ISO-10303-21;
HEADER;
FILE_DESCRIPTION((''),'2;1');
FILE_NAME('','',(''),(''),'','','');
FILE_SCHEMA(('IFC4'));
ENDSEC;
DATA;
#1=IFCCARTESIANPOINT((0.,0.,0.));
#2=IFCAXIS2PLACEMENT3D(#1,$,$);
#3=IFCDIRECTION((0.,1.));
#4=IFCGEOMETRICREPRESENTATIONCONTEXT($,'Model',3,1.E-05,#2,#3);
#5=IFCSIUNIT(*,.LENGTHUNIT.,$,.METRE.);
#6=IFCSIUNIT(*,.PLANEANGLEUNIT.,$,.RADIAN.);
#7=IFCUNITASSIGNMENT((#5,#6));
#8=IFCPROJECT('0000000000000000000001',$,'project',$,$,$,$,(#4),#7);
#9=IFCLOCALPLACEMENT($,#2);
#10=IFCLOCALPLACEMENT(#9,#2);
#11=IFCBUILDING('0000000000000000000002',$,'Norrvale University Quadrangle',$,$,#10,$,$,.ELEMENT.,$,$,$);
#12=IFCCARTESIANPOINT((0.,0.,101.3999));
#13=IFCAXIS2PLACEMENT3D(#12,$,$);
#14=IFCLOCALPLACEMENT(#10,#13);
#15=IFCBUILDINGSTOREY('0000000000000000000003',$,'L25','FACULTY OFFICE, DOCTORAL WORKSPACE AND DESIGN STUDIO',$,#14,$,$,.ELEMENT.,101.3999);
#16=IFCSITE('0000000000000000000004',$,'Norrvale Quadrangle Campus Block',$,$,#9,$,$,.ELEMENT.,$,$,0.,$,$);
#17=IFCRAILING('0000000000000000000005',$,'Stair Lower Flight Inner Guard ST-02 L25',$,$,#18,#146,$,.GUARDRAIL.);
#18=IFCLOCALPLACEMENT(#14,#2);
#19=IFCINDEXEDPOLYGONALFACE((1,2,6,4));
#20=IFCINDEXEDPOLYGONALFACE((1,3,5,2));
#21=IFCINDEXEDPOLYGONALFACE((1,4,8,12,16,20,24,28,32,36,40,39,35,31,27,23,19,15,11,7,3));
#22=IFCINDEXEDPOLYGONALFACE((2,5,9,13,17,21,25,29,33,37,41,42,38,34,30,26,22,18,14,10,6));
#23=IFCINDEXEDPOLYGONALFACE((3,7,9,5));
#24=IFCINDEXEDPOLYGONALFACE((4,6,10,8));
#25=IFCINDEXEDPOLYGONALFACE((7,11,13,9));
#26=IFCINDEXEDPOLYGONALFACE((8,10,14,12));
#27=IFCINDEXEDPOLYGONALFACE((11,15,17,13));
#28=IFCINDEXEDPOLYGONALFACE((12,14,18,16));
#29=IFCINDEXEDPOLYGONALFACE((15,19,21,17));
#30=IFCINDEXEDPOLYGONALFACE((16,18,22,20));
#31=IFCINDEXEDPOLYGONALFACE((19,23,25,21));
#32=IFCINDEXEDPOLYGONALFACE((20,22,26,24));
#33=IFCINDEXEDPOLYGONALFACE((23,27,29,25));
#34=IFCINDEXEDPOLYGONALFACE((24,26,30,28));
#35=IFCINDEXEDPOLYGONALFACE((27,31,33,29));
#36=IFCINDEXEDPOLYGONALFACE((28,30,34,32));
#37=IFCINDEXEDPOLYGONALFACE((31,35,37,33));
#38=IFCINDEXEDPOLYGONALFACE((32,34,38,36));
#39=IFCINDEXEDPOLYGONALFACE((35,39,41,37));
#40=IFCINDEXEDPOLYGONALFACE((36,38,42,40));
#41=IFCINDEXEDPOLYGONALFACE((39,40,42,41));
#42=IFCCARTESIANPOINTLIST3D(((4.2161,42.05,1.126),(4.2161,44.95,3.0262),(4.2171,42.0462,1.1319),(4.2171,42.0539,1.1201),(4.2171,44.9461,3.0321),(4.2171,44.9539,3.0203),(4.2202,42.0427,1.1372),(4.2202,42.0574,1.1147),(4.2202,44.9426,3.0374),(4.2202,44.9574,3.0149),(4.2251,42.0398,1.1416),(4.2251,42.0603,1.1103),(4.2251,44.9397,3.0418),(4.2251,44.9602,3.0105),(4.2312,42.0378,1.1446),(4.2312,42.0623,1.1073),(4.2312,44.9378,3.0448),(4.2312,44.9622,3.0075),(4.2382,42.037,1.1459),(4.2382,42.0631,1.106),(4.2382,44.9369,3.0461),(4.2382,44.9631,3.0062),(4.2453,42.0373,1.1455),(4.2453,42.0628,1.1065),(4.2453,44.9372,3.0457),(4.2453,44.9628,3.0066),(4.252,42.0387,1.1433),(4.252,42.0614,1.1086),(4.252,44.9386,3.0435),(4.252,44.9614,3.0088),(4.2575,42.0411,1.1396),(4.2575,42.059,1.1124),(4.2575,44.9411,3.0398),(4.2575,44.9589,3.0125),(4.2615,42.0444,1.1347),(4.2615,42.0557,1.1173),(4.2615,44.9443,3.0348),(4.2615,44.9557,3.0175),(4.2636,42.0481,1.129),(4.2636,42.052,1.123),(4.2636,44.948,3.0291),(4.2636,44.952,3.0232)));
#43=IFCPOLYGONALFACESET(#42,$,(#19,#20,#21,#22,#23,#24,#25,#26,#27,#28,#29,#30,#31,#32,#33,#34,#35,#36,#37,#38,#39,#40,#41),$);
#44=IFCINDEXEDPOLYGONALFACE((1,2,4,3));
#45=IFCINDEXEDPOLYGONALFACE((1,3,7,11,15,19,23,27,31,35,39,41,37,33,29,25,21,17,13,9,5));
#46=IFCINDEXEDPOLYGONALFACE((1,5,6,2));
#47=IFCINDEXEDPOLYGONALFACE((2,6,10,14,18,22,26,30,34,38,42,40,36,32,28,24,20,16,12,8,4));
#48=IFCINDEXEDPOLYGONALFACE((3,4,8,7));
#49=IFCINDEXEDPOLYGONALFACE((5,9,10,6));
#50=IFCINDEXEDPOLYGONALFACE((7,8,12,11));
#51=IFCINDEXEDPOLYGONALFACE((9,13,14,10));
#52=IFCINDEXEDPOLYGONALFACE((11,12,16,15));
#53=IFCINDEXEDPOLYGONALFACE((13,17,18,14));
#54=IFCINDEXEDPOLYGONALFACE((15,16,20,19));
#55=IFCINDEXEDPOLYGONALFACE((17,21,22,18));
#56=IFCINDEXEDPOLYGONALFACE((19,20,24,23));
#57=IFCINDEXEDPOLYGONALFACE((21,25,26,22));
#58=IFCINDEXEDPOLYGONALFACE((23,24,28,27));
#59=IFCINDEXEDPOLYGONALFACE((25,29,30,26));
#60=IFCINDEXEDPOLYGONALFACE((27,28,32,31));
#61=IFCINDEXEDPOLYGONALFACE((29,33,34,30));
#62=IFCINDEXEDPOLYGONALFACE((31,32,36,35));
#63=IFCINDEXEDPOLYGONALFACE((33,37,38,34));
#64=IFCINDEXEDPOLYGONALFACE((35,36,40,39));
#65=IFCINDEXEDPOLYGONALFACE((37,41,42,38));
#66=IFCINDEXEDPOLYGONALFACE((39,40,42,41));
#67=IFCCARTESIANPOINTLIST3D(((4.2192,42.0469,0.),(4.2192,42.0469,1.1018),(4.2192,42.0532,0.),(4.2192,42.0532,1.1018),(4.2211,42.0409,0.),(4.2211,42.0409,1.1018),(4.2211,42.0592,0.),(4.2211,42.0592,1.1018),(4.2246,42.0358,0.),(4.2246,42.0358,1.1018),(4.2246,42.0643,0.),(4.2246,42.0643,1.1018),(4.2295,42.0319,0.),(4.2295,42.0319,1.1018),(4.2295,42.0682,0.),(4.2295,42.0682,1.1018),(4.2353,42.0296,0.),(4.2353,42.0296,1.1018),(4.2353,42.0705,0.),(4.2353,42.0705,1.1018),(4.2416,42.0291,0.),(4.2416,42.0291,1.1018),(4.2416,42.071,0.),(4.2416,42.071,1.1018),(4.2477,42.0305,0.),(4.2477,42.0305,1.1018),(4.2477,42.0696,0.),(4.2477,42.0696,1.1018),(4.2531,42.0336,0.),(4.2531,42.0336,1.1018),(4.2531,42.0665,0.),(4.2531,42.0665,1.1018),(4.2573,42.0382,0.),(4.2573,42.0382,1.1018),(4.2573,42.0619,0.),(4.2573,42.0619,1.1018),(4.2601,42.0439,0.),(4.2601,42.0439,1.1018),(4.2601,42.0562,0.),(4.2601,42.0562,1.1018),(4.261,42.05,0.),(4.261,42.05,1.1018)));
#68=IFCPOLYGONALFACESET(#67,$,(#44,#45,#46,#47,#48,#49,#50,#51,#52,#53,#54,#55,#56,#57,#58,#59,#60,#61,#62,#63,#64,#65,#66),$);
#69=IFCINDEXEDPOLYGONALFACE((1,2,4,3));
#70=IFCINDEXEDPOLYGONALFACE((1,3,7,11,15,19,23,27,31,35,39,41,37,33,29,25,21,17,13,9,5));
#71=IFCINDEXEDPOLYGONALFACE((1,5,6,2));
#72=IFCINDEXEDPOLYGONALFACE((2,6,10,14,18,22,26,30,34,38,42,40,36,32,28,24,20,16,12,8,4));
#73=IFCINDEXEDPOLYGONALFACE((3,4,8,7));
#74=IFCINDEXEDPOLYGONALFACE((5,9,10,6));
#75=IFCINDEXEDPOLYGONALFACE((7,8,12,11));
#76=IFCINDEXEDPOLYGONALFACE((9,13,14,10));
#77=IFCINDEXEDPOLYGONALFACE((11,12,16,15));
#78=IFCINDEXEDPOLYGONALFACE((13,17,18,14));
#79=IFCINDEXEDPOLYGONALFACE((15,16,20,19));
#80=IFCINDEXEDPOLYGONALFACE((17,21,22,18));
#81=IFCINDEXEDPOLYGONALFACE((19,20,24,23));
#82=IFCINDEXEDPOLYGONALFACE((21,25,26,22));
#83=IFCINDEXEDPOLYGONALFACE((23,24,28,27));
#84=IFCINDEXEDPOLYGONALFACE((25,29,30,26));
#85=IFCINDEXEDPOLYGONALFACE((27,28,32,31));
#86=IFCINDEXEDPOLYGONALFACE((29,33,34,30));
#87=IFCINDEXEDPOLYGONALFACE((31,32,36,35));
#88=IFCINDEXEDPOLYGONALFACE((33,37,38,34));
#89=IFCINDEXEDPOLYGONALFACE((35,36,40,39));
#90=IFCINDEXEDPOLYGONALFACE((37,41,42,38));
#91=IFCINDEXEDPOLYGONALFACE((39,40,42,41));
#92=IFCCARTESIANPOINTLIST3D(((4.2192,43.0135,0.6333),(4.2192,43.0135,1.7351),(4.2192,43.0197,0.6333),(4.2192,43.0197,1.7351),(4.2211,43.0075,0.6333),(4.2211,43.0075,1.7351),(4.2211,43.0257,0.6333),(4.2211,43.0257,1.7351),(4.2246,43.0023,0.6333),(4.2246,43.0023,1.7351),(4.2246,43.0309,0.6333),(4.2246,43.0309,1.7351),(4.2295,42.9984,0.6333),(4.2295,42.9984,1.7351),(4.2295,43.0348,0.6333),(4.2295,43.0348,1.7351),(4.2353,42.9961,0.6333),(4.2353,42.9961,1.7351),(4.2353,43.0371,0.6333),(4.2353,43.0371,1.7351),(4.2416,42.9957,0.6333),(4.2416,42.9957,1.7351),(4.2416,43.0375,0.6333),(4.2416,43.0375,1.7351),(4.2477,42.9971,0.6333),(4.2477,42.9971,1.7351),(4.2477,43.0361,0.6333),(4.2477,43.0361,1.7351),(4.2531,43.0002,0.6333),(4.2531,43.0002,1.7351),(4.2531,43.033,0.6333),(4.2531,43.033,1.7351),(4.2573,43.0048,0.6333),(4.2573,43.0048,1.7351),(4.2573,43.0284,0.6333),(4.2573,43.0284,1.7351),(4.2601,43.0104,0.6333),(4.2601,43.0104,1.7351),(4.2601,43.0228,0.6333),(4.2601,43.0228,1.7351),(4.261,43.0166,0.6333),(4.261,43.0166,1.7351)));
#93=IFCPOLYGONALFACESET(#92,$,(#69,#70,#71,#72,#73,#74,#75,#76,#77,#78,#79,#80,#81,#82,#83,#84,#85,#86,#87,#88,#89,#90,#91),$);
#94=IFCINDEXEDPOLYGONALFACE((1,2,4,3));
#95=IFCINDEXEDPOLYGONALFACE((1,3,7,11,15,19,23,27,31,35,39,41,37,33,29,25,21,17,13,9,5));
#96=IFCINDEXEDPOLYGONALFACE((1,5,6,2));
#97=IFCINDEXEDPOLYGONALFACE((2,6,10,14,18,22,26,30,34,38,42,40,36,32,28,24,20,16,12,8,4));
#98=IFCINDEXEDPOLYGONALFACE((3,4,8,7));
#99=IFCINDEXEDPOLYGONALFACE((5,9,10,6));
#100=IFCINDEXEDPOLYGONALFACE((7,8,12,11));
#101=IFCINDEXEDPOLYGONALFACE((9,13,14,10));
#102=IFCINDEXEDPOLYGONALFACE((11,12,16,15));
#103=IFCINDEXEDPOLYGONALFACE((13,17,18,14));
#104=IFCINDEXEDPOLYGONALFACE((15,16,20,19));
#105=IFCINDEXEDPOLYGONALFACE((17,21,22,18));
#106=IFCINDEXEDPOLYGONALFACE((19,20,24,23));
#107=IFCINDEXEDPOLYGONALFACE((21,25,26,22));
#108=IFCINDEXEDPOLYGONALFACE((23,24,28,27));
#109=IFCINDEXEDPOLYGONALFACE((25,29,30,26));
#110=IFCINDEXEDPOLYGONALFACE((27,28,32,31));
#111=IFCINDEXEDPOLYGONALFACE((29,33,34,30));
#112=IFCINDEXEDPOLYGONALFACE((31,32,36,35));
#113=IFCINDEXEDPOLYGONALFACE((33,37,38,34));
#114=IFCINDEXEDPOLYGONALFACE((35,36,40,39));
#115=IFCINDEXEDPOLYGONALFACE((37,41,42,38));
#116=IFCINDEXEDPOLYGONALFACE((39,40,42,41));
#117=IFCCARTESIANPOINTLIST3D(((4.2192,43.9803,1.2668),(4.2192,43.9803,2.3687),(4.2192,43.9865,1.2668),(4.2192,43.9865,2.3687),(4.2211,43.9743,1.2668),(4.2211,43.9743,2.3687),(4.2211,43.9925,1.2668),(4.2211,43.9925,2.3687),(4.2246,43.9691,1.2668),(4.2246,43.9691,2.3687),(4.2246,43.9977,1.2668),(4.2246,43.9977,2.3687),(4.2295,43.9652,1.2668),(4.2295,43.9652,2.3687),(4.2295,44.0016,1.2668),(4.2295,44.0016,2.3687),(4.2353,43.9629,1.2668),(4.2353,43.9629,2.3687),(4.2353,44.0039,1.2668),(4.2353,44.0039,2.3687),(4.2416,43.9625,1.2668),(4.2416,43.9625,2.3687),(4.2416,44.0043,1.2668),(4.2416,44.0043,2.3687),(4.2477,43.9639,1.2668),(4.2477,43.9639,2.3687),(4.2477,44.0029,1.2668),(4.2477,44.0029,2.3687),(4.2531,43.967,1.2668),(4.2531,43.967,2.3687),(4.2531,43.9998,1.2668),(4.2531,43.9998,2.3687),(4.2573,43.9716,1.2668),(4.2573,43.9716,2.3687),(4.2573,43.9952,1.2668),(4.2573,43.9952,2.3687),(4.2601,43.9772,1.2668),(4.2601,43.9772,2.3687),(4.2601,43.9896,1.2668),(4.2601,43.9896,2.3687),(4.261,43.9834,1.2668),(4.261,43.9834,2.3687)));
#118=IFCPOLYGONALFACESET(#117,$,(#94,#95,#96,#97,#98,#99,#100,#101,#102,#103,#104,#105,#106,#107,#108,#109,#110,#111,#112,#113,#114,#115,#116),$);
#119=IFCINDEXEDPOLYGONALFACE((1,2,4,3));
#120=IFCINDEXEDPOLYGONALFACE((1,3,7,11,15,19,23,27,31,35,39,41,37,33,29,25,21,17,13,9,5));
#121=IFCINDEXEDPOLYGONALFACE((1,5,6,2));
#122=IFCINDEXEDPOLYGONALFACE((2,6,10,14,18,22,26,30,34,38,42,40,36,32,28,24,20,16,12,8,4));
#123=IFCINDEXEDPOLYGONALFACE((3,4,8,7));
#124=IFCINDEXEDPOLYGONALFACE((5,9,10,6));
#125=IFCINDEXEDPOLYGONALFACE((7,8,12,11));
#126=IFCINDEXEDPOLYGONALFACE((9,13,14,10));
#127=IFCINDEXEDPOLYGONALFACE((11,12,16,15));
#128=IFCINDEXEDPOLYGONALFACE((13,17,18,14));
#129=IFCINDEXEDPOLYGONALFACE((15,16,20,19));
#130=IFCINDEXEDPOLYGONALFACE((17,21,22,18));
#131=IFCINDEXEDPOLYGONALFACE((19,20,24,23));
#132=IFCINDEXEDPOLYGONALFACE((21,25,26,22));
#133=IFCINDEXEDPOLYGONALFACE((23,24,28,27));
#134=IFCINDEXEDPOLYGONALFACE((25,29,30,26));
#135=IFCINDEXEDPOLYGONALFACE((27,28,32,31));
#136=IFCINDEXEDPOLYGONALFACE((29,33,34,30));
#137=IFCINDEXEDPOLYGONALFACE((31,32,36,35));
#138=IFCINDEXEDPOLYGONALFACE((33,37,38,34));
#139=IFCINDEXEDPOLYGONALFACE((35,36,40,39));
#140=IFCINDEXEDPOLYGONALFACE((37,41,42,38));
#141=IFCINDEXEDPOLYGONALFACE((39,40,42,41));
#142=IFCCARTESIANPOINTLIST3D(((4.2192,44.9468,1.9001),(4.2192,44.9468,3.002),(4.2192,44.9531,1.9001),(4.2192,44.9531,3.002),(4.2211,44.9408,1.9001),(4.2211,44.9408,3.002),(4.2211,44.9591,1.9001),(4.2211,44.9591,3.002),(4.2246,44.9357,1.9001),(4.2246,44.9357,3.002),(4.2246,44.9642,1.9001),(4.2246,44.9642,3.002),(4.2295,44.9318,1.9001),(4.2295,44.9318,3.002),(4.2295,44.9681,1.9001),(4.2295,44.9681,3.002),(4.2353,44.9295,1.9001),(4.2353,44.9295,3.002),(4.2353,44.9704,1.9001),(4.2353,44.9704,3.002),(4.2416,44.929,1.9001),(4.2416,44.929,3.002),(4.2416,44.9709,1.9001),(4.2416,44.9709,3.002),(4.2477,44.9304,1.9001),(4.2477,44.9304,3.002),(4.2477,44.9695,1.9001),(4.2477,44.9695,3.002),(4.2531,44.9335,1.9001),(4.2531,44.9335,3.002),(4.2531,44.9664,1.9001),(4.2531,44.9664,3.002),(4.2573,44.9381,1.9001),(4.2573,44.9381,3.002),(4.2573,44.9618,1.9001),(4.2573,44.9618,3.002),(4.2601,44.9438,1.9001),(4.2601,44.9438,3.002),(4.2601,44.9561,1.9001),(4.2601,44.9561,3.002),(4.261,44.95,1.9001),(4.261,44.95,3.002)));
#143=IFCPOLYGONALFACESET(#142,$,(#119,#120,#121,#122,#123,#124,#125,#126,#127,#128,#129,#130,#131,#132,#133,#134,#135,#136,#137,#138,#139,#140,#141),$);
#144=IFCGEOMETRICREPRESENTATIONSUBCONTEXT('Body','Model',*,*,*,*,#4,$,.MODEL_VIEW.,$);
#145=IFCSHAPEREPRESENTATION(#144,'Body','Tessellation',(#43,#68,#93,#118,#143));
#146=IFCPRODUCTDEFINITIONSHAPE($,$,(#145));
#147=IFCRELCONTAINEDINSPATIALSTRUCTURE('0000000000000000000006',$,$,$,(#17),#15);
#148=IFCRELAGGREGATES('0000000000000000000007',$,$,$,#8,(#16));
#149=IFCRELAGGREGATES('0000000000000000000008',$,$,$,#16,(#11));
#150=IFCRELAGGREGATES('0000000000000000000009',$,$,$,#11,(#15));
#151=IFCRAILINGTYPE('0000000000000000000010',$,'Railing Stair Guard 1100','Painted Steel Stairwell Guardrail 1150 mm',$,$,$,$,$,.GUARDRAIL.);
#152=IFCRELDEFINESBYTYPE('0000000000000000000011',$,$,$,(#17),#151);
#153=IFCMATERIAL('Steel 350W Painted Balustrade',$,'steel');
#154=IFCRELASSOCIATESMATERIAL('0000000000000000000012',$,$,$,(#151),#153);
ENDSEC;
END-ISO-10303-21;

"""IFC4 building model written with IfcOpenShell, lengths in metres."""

from ifc_helpers import new_model, si_unit, direction, frame, origin, origin_2d, place, context, subcontext, project, spatial, circle, extrude, material, type_object, element, save


model = new_model("IFC4")

# Units and contexts
model_context = context("Model", 3, precision=1e-05, world=origin(), true_north=direction((0.0, 1.0)))
body_context = subcontext(model_context, "Body", "Model", "MODEL_VIEW")
ifc_project = project(units=[si_unit("LENGTHUNIT", "METRE"), si_unit("PLANEANGLEUNIT", "RADIAN")], contexts=[model_context])

# Site, building, storey
site_placement = place(None, origin())
site = spatial("IfcSite", under=ifc_project, at=site_placement, Name="Norrvale Quadrangle Campus Block", CompositionType="ELEMENT", RefElevation=0.0)
building_placement = place(site_placement, origin())
building = spatial("IfcBuilding", under=site, at=building_placement, Name="Norrvale University Quadrangle", CompositionType="ELEMENT")
storey_placement = place(building_placement, frame((0.0, 0.0, 101.3999)))
storey = spatial("IfcBuildingStorey", under=building, at=storey_placement, Name="L25", Description="FACULTY OFFICE, DOCTORAL WORKSPACE AND DESIGN STUDIO", CompositionType="ELEMENT", Elevation=101.3999)

# Railing
ifc_material_1 = material(Name="Steel 350W Painted Balustrade", Category="steel")
railing_type_1 = type_object("IfcRailingType", Name="Railing Stair Guard 1100", Description="Painted Steel Stairwell Guardrail 1150 mm", PredefinedType="GUARDRAIL", material=ifc_material_1)
railing_1_placement = place(storey_placement, frame((4.24, 42.05, 0.0)))
element("IfcRailing", 1, at=railing_1_placement, inside=storey, type_object=railing_type_1, Name="Stair Lower Flight Inner Guard ST-02 L25", PredefinedType="GUARDRAIL", context=body_context, shape_type="SweptSolid", body=[
    extrude(circle(Radius=0.0239, at=origin_2d()), frame((0.0, 0.0, 1.126), z_axis=(0.0, 0.836433, 0.548069), x_axis=(-1.0, 0.0, 0.0)), (0.0, 0.0, 1.0), 3.467),
    extrude(circle(Radius=0.021, at=origin_2d()), origin(), (0.0, 0.0, 1.0), 1.1018),
    extrude(circle(Radius=0.021, at=origin_2d()), frame((0.0, 0.9666, 0.6333)), (0.0, 0.0, 1.0), 1.1018),
    extrude(circle(Radius=0.021, at=origin_2d()), frame((0.0, 1.9333, 1.2668)), (0.0, 0.0, 1.0), 1.1018),
    extrude(circle(Radius=0.021, at=origin_2d()), frame((0.0, 2.8999, 1.9001)), (0.0, 0.0, 1.0), 1.1018),
])

save(model, "model.ifc")
